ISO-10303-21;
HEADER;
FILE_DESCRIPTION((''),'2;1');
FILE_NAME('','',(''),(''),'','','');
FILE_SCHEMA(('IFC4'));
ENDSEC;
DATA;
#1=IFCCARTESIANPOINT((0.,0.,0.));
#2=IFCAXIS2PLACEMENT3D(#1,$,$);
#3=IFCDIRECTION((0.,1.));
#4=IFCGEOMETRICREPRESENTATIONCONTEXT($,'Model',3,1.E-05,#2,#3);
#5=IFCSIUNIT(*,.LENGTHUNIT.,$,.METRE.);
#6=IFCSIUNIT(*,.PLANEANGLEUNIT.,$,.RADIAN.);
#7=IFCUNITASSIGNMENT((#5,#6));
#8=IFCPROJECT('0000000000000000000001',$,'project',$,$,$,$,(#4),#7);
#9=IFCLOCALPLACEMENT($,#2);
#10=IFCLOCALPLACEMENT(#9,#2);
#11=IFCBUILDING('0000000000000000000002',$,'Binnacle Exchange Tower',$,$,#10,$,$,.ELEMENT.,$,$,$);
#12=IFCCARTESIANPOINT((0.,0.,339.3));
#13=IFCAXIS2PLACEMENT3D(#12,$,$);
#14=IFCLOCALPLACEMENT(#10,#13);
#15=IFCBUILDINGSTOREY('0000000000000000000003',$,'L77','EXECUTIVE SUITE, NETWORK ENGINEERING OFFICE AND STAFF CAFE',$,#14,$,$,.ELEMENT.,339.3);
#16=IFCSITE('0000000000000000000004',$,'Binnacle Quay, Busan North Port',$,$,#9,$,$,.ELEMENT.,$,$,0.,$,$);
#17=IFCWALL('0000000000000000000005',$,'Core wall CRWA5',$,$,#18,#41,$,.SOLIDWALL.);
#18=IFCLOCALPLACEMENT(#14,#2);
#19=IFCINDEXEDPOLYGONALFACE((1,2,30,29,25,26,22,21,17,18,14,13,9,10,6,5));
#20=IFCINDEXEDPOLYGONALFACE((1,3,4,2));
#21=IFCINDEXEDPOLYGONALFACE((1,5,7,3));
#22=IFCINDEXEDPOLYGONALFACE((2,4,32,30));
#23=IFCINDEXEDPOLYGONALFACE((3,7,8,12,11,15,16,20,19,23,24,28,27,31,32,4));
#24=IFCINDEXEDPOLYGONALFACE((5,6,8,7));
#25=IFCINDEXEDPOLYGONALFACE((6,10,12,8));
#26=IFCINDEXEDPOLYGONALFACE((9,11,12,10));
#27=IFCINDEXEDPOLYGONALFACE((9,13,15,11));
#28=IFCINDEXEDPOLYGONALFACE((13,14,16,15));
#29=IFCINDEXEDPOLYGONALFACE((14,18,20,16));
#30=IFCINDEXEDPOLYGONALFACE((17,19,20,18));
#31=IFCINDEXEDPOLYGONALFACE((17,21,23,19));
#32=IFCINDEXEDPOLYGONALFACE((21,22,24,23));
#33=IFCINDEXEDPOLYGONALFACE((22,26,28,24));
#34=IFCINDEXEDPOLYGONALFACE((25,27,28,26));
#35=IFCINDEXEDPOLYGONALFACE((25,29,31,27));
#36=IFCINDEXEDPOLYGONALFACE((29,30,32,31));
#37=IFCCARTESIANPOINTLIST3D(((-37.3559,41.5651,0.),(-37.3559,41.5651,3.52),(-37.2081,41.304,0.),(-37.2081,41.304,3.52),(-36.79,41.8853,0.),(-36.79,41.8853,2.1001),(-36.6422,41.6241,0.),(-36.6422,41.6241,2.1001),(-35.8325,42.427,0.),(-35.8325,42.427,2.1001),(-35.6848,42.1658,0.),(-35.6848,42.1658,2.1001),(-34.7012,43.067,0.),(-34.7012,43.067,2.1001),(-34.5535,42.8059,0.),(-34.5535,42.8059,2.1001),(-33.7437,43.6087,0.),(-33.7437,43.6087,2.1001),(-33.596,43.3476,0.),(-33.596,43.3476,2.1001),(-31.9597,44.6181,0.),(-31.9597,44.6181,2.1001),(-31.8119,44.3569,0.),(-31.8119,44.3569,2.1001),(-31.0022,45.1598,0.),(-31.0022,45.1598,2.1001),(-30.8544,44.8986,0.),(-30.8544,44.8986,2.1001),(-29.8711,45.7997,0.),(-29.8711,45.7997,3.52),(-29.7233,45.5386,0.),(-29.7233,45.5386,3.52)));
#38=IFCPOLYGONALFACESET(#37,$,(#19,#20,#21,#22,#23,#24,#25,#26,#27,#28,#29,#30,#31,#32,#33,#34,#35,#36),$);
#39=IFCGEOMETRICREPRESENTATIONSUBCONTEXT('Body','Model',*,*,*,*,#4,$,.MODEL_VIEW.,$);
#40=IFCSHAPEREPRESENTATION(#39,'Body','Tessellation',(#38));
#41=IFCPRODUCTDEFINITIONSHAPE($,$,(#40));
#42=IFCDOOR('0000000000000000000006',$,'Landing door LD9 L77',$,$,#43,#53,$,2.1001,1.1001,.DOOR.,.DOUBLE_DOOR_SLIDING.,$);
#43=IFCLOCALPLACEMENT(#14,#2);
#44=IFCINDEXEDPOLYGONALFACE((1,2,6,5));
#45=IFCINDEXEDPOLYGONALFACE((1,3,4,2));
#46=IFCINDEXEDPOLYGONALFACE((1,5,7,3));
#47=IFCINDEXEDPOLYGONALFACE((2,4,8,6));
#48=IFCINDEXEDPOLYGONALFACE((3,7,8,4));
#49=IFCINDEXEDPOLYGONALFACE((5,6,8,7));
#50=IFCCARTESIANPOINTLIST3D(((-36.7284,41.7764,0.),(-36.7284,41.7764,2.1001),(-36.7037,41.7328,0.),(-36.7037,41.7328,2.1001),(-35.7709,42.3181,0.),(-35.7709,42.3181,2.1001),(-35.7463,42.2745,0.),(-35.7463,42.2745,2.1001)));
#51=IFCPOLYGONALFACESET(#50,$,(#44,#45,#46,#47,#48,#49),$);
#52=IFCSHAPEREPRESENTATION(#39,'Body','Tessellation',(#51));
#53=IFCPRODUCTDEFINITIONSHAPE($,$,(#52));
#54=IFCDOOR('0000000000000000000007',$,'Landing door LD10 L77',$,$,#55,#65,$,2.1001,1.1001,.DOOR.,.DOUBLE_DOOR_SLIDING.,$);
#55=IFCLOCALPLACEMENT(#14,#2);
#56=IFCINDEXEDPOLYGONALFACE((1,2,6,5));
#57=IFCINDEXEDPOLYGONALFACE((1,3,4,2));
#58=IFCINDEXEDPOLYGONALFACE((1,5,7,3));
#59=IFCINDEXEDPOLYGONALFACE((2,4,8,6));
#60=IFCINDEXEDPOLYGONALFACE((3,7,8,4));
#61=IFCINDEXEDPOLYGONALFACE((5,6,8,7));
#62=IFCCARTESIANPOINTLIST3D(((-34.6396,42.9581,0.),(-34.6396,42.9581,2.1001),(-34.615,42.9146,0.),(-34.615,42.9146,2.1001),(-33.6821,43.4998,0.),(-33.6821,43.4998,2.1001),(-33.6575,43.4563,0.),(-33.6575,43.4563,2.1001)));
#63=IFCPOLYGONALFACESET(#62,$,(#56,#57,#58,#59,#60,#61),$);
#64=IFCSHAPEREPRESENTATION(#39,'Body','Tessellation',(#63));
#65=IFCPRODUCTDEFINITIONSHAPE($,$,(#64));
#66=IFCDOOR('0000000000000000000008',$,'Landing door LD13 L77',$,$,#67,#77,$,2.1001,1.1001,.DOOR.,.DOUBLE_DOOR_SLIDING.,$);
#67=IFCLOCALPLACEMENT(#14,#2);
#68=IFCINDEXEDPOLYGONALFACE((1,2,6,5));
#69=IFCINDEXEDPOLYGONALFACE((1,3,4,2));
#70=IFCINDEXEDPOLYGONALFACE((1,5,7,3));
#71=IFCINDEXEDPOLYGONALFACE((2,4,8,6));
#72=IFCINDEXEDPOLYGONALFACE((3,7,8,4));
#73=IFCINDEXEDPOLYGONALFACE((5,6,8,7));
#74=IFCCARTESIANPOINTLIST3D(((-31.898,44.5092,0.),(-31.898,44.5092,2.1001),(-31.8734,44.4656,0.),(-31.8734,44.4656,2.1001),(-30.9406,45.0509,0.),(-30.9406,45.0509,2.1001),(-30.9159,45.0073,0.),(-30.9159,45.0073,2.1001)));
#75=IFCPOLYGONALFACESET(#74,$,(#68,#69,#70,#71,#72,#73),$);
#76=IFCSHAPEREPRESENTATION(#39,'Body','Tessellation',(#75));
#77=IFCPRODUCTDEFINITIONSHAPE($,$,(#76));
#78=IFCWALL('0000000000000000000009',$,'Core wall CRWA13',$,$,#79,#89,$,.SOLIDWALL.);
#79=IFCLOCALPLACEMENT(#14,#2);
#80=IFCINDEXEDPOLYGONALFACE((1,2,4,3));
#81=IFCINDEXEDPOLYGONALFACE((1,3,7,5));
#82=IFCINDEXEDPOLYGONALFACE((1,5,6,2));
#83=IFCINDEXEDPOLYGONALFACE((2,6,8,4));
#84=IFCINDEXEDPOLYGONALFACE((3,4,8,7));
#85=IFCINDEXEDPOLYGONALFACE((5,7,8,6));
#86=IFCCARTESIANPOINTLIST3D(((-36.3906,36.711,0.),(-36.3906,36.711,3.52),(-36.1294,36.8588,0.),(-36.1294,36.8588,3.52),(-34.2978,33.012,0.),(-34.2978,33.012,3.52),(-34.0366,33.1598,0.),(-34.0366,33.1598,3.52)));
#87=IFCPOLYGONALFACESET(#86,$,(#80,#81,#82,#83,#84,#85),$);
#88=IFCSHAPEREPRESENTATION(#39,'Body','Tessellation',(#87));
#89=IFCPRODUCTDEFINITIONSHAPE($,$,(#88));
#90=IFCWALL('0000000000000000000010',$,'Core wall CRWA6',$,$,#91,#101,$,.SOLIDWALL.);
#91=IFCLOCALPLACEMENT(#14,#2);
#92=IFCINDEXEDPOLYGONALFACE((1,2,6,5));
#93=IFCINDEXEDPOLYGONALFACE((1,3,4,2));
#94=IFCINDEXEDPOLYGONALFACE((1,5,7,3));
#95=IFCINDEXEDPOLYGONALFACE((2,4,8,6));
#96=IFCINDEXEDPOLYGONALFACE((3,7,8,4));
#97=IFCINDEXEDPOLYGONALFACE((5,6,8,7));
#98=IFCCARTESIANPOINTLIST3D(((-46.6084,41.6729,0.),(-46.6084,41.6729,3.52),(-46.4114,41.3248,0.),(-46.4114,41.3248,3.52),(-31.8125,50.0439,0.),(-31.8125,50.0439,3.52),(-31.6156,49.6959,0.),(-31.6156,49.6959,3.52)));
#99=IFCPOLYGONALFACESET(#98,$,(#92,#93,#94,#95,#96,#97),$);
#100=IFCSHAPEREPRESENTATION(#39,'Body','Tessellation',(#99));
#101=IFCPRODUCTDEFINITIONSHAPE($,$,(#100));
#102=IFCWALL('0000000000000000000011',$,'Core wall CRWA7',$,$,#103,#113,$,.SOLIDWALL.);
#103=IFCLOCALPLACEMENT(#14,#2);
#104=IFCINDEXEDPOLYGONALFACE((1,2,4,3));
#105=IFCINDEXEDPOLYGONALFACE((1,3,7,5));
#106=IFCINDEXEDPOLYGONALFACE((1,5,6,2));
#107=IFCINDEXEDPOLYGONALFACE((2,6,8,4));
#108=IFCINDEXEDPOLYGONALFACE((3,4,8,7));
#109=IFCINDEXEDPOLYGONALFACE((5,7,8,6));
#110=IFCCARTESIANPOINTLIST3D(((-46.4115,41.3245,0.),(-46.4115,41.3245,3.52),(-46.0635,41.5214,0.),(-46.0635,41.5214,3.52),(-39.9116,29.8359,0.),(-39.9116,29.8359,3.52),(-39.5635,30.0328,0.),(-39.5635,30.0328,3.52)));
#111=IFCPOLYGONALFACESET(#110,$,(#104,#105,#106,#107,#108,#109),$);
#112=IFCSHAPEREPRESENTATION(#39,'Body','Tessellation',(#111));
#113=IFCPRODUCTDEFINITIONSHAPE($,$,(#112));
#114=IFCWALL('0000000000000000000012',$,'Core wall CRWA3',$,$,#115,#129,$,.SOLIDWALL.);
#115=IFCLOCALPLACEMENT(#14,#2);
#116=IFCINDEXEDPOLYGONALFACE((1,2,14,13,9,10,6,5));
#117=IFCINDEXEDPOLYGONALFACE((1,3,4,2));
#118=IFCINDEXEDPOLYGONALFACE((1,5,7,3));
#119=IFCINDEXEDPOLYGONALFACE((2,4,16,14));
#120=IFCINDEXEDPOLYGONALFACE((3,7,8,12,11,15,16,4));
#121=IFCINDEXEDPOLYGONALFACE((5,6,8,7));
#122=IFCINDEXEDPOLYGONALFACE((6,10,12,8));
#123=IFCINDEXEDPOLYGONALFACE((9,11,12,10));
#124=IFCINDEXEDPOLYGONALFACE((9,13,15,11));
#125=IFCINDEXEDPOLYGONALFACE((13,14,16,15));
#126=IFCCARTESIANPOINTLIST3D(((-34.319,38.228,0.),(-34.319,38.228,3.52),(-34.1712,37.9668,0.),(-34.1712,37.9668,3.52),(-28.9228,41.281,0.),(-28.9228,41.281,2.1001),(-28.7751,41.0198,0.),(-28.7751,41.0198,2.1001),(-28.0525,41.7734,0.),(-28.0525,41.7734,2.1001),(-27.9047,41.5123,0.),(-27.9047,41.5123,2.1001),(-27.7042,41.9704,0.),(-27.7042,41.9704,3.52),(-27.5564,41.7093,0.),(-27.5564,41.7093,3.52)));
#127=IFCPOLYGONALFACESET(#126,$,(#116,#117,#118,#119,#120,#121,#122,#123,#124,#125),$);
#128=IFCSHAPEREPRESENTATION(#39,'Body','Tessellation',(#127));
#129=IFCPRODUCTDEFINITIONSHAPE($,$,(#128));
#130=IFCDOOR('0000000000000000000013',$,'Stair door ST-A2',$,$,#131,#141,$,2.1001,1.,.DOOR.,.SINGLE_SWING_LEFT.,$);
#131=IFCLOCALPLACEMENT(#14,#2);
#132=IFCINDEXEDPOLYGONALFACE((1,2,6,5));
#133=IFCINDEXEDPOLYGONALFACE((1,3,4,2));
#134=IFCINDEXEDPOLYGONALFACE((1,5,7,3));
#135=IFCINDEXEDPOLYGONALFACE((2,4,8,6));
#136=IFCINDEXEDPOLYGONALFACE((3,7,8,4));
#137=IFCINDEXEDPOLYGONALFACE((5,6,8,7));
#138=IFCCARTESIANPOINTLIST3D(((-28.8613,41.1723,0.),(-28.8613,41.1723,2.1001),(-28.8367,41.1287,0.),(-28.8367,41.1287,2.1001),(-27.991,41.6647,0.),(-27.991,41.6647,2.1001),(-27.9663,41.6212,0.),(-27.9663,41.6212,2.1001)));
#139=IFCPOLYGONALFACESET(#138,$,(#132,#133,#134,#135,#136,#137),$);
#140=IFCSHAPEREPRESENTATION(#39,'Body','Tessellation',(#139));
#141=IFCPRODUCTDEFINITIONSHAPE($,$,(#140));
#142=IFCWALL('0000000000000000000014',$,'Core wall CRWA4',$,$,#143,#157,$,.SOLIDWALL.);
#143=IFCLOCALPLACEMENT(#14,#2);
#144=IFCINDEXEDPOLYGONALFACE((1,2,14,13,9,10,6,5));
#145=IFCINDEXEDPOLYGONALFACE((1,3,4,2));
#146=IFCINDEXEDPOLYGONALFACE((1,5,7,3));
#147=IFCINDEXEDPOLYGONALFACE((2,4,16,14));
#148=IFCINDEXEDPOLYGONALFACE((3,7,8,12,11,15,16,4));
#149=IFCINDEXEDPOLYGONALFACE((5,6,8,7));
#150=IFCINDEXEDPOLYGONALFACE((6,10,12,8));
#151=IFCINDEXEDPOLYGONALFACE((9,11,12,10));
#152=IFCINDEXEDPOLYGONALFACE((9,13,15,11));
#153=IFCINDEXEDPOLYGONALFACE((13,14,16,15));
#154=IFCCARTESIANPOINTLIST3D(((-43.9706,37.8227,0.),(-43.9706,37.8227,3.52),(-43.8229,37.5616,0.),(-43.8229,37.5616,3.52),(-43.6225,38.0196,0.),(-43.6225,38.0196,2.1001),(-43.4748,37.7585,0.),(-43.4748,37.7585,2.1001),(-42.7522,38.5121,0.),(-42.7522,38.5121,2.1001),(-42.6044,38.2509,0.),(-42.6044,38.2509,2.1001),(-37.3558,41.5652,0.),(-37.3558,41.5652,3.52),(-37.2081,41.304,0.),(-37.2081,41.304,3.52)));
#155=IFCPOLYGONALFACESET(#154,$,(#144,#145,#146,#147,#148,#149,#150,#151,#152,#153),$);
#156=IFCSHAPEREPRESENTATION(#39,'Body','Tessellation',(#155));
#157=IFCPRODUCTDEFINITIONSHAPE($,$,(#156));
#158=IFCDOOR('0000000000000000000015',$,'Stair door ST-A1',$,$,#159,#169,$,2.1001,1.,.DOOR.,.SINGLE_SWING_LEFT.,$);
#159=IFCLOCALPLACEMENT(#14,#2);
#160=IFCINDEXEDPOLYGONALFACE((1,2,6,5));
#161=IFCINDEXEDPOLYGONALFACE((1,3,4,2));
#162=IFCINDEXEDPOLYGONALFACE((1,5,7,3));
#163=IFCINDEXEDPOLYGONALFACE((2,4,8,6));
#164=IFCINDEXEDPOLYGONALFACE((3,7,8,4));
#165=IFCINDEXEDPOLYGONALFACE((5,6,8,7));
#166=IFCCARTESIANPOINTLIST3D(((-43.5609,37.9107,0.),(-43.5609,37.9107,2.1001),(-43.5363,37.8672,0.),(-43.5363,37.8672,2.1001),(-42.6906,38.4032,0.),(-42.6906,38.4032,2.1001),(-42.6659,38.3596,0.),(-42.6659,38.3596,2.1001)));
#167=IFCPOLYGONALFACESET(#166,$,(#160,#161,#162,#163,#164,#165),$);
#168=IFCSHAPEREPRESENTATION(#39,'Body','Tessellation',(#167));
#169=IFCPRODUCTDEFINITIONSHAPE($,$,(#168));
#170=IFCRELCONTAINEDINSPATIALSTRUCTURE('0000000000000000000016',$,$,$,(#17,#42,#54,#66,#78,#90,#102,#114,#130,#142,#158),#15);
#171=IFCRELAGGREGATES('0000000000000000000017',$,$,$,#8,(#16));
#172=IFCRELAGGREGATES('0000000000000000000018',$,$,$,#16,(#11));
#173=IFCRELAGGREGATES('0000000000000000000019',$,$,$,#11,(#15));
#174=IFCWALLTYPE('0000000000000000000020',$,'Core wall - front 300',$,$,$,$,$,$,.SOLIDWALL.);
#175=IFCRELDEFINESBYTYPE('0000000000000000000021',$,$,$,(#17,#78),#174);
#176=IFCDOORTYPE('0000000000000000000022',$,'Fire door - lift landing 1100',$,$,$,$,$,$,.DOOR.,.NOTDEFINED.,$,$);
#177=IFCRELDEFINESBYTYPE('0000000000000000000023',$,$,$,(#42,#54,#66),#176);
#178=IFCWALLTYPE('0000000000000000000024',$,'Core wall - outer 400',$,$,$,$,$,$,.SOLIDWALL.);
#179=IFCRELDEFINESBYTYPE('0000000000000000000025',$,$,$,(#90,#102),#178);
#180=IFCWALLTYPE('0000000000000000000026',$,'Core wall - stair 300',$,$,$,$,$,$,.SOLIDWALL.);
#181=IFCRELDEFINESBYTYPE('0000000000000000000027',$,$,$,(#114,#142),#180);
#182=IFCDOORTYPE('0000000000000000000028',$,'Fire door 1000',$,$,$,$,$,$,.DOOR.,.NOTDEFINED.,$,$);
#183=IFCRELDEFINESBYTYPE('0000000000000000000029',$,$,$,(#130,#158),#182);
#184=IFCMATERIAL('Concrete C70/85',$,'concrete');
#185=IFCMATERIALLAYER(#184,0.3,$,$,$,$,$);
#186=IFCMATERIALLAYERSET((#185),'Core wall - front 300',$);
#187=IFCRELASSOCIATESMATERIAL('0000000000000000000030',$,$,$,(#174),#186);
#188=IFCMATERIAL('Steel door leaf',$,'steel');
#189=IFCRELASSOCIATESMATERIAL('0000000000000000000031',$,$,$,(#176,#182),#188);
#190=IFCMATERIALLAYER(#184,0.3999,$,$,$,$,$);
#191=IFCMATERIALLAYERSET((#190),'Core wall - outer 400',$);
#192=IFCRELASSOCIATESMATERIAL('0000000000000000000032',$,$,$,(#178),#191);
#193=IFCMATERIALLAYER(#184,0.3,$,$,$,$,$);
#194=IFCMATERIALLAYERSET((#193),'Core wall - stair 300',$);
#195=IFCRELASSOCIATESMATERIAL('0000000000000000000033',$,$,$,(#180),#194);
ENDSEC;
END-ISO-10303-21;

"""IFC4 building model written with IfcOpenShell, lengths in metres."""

from ifc_helpers import new_model, si_unit, direction, frame, frame_2d, origin, place, context, subcontext, project, spatial, rectangle, extrude, material, layer, layer_set, type_object, element, fill, save


model = new_model("IFC4")

# Units and contexts
model_context = context("Model", 3, precision=1e-05, world=origin(), true_north=direction((0.0, 1.0)))
body_context = subcontext(model_context, "Body", "Model", "MODEL_VIEW")
ifc_project = project(units=[si_unit("LENGTHUNIT", "METRE"), si_unit("PLANEANGLEUNIT", "RADIAN")], contexts=[model_context])

# Site, building, storey
site_placement = place(None, origin())
site = spatial("IfcSite", under=ifc_project, at=site_placement, Name="Binnacle Quay, Busan North Port", CompositionType="ELEMENT", RefElevation=0.0)
building_placement = place(site_placement, origin())
building = spatial("IfcBuilding", under=site, at=building_placement, Name="Binnacle Exchange Tower", CompositionType="ELEMENT")
storey_placement = place(building_placement, frame((0.0, 0.0, 339.3)))
storey = spatial("IfcBuildingStorey", under=building, at=storey_placement, Name="L77", Description="EXECUTIVE SUITE, NETWORK ENGINEERING OFFICE AND STAFF CAFE", CompositionType="ELEMENT", Elevation=339.3)

# Wall, openings, doors
ifc_material_1 = material(Name="Concrete C70/85", Category="concrete")
ifc_layer_1 = layer(ifc_material_1, 0.3)
ifc_layer_set_1 = layer_set([ifc_layer_1], Name="Core wall - front 300")
wall_type_1 = type_object("IfcWallType", Name="Core wall - front 300", PredefinedType="SOLIDWALL", material=ifc_layer_set_1)
wall_1_placement = place(storey_placement, frame((-37.282, 41.4346, 0.0), z_axis=(0.0, 0.0, 1.0), x_axis=(0.870361, 0.492414, 0.0)))
wall_1 = element("IfcWall", 1, at=wall_1_placement, inside=storey, type_object=wall_type_1, Name="Core wall CRWA5", PredefinedType="SOLIDWALL", context=body_context, shape_type="SweptSolid", body=[
    extrude(rectangle(XDim=8.5996, YDim=0.3, at=frame_2d((4.2998, 0.0))), origin(), (0.0, 0.0, 1.0), 3.52),
])
opening_1_placement = place(wall_1_placement, frame((0.6501, 0.0, 0.0)))
opening_1 = element("IfcOpeningElement", 2, at=opening_1_placement, cuts=wall_1, PredefinedType="OPENING", context=body_context, shape_type="SweptSolid", body=[
    extrude(rectangle(XDim=1.1001, YDim=2.1001, at=frame_2d((0.55, 1.05))), frame((0.0, 0.1599, 0.0), z_axis=(0.0, -1.0, 0.0), x_axis=(1.0, 0.0, 0.0)), (0.0, 0.0, 1.0), 0.3201),
])
opening_2_placement = place(wall_1_placement, frame((3.05, 0.0, 0.0)))
opening_2 = element("IfcOpeningElement", 3, at=opening_2_placement, cuts=wall_1, PredefinedType="OPENING", context=body_context, shape_type="SweptSolid", body=[
    extrude(rectangle(XDim=1.1001, YDim=2.1001, at=frame_2d((0.55, 1.05))), frame((0.0, 0.1599, 0.0), z_axis=(0.0, -1.0, 0.0), x_axis=(1.0, 0.0, 0.0)), (0.0, 0.0, 1.0), 0.3201),
])
opening_3_placement = place(wall_1_placement, frame((6.2, 0.0, 0.0)))
opening_3 = element("IfcOpeningElement", 4, at=opening_3_placement, cuts=wall_1, PredefinedType="OPENING", context=body_context, shape_type="SweptSolid", body=[
    extrude(rectangle(XDim=1.1001, YDim=2.1001, at=frame_2d((0.55, 1.05))), frame((0.0, 0.1599, 0.0), z_axis=(0.0, -1.0, 0.0), x_axis=(1.0, 0.0, 0.0)), (0.0, 0.0, 1.0), 0.3201),
])
ifc_material_2 = material(Name="Steel door leaf", Category="steel")
door_type_1 = type_object("IfcDoorType", Name="Fire door - lift landing 1100", OperationType="NOTDEFINED", PredefinedType="DOOR", material=ifc_material_2)
door_1_placement = place(opening_1_placement, origin())
door_1 = element("IfcDoor", 5, at=door_1_placement, inside=storey, type_object=door_type_1, Name="Landing door LD9 L77", OperationType="DOUBLE_DOOR_SLIDING", OverallHeight=2.1001, OverallWidth=1.1001, PredefinedType="DOOR", context=body_context, shape_type="SweptSolid", body=[
    extrude(rectangle(XDim=1.1001, YDim=2.1001, at=frame_2d((0.55, 1.05))), frame((0.0, 0.0249, 0.0), z_axis=(0.0, -1.0, 0.0), x_axis=(1.0, 0.0, 0.0)), (0.0, 0.0, 1.0), 0.05),
])
fill(opening_1, door_1)
door_2_placement = place(opening_2_placement, origin())
door_2 = element("IfcDoor", 6, at=door_2_placement, inside=storey, type_object=door_type_1, Name="Landing door LD10 L77", OperationType="DOUBLE_DOOR_SLIDING", OverallHeight=2.1001, OverallWidth=1.1001, PredefinedType="DOOR", context=body_context, shape_type="SweptSolid", body=[
    extrude(rectangle(XDim=1.1001, YDim=2.1001, at=frame_2d((0.55, 1.05))), frame((0.0, 0.0249, 0.0), z_axis=(0.0, -1.0, 0.0), x_axis=(1.0, 0.0, 0.0)), (0.0, 0.0, 1.0), 0.05),
])
fill(opening_2, door_2)
door_3_placement = place(opening_3_placement, origin())
door_3 = element("IfcDoor", 7, at=door_3_placement, inside=storey, type_object=door_type_1, Name="Landing door LD13 L77", OperationType="DOUBLE_DOOR_SLIDING", OverallHeight=2.1001, OverallWidth=1.1001, PredefinedType="DOOR", context=body_context, shape_type="SweptSolid", body=[
    extrude(rectangle(XDim=1.1001, YDim=2.1001, at=frame_2d((0.55, 1.05))), frame((0.0, 0.0249, 0.0), z_axis=(0.0, -1.0, 0.0), x_axis=(1.0, 0.0, 0.0)), (0.0, 0.0, 1.0), 0.05),
])
fill(opening_3, door_3)

# Walls
wall_2_placement = place(storey_placement, frame((-36.26, 36.7849, 0.0), z_axis=(0.0, 0.0, 1.0), x_axis=(0.492423, -0.870356, 0.0)))
element("IfcWall", 8, at=wall_2_placement, inside=storey, type_object=wall_type_1, Name="Core wall CRWA13", PredefinedType="SOLIDWALL", context=body_context, shape_type="SweptSolid", body=[
    extrude(rectangle(XDim=4.25, YDim=0.3, at=frame_2d((2.125, 0.0))), origin(), (0.0, 0.0, 1.0), 3.52),
])
ifc_layer_2 = layer(ifc_material_1, 0.3999)
ifc_layer_set_2 = layer_set([ifc_layer_2], Name="Core wall - outer 400")
wall_type_2 = type_object("IfcWallType", Name="Core wall - outer 400", PredefinedType="SOLIDWALL", material=ifc_layer_set_2)
wall_3_placement = place(storey_placement, frame((-46.51, 41.4988, 0.0), z_axis=(0.0, 0.0, 1.0), x_axis=(0.870356, 0.492423, 0.0)))
element("IfcWall", 9, at=wall_3_placement, inside=storey, type_object=wall_type_2, Name="Core wall CRWA6", PredefinedType="SOLIDWALL", context=body_context, shape_type="SweptSolid", body=[
    extrude(rectangle(XDim=16.9998, YDim=0.3999, at=frame_2d((8.5, 0.0))), origin(), (0.0, 0.0, 1.0), 3.52),
])
wall_4_placement = place(storey_placement, frame((-46.2375, 41.4231, 0.0), z_axis=(0.0, 0.0, 1.0), x_axis=(0.492422, -0.870357, 0.0)))
element("IfcWall", 10, at=wall_4_placement, inside=storey, type_object=wall_type_2, Name="Core wall CRWA7", PredefinedType="SOLIDWALL", context=body_context, shape_type="SweptSolid", body=[
    extrude(rectangle(XDim=13.2, YDim=0.3999, at=frame_2d((6.6001, 0.0))), origin(), (0.0, 0.0, 1.0), 3.52),
])

# Walls, openings, doors
ifc_layer_3 = layer(ifc_material_1, 0.3)
ifc_layer_set_3 = layer_set([ifc_layer_3], Name="Core wall - stair 300")
wall_type_3 = type_object("IfcWallType", Name="Core wall - stair 300", PredefinedType="SOLIDWALL", material=ifc_layer_set_3)
wall_5_placement = place(storey_placement, frame((-34.2451, 38.0974, 0.0), z_axis=(0.0, 0.0, 1.0), x_axis=(0.870356, 0.492422, 0.0)))
wall_5 = element("IfcWall", 11, at=wall_5_placement, inside=storey, type_object=wall_type_3, Name="Core wall CRWA3", PredefinedType="SOLIDWALL", context=body_context, shape_type="SweptSolid", body=[
    extrude(rectangle(XDim=7.6001, YDim=0.3, at=frame_2d((3.8, 0.0))), origin(), (0.0, 0.0, 1.0), 3.52),
])
opening_4_placement = place(wall_5_placement, frame((6.2, 0.0, 0.0)))
opening_4 = element("IfcOpeningElement", 12, at=opening_4_placement, cuts=wall_5, PredefinedType="OPENING", context=body_context, shape_type="SweptSolid", body=[
    extrude(rectangle(XDim=1.0, YDim=2.1001, at=frame_2d((0.5, 1.05))), frame((0.0, 0.1599, 0.0), z_axis=(0.0, -1.0, 0.0), x_axis=(1.0, 0.0, 0.0)), (0.0, 0.0, 1.0), 0.3201),
])
door_type_2 = type_object("IfcDoorType", Name="Fire door 1000", OperationType="NOTDEFINED", PredefinedType="DOOR", material=ifc_material_2)
door_4_placement = place(opening_4_placement, frame((1.0, 0.0, 0.0), z_axis=(0.0, 0.0, 1.0), x_axis=(-1.0, 0.0, 0.0)))
door_4 = element("IfcDoor", 13, at=door_4_placement, inside=storey, type_object=door_type_2, Name="Stair door ST-A2", OperationType="SINGLE_SWING_LEFT", OverallHeight=2.1001, OverallWidth=1.0, PredefinedType="DOOR", context=body_context, shape_type="SweptSolid", body=[
    extrude(rectangle(XDim=1.0, YDim=2.1001, at=frame_2d((0.5, 1.05))), frame((0.0, 0.0249, 0.0), z_axis=(0.0, -1.0, 0.0), x_axis=(1.0, 0.0, 0.0)), (0.0, 0.0, 1.0), 0.05),
])
fill(opening_4, door_4)
wall_6_placement = place(storey_placement, frame((-43.8967, 37.6921, 0.0), z_axis=(0.0, 0.0, 1.0), x_axis=(0.870356, 0.492422, 0.0)))
wall_6 = element("IfcWall", 14, at=wall_6_placement, inside=storey, type_object=wall_type_3, Name="Core wall CRWA4", PredefinedType="SOLIDWALL", context=body_context, shape_type="SweptSolid", body=[
    extrude(rectangle(XDim=7.6001, YDim=0.3, at=frame_2d((3.8, 0.0))), origin(), (0.0, 0.0, 1.0), 3.52),
])
opening_5_placement = place(wall_6_placement, frame((0.3999, 0.0, 0.0)))
opening_5 = element("IfcOpeningElement", 15, at=opening_5_placement, cuts=wall_6, PredefinedType="OPENING", context=body_context, shape_type="SweptSolid", body=[
    extrude(rectangle(XDim=1.0, YDim=2.1001, at=frame_2d((0.5, 1.05))), frame((0.0, 0.1599, 0.0), z_axis=(0.0, -1.0, 0.0), x_axis=(1.0, 0.0, 0.0)), (0.0, 0.0, 1.0), 0.3201),
])
door_5_placement = place(opening_5_placement, origin())
door_5 = element("IfcDoor", 16, at=door_5_placement, inside=storey, type_object=door_type_2, Name="Stair door ST-A1", OperationType="SINGLE_SWING_LEFT", OverallHeight=2.1001, OverallWidth=1.0, PredefinedType="DOOR", context=body_context, shape_type="SweptSolid", body=[
    extrude(rectangle(XDim=1.0, YDim=2.1001, at=frame_2d((0.5, 1.05))), frame((0.0, 0.0249, 0.0), z_axis=(0.0, -1.0, 0.0), x_axis=(1.0, 0.0, 0.0)), (0.0, 0.0, 1.0), 0.05),
])
fill(opening_5, door_5)

save(model, "model.ifc")
